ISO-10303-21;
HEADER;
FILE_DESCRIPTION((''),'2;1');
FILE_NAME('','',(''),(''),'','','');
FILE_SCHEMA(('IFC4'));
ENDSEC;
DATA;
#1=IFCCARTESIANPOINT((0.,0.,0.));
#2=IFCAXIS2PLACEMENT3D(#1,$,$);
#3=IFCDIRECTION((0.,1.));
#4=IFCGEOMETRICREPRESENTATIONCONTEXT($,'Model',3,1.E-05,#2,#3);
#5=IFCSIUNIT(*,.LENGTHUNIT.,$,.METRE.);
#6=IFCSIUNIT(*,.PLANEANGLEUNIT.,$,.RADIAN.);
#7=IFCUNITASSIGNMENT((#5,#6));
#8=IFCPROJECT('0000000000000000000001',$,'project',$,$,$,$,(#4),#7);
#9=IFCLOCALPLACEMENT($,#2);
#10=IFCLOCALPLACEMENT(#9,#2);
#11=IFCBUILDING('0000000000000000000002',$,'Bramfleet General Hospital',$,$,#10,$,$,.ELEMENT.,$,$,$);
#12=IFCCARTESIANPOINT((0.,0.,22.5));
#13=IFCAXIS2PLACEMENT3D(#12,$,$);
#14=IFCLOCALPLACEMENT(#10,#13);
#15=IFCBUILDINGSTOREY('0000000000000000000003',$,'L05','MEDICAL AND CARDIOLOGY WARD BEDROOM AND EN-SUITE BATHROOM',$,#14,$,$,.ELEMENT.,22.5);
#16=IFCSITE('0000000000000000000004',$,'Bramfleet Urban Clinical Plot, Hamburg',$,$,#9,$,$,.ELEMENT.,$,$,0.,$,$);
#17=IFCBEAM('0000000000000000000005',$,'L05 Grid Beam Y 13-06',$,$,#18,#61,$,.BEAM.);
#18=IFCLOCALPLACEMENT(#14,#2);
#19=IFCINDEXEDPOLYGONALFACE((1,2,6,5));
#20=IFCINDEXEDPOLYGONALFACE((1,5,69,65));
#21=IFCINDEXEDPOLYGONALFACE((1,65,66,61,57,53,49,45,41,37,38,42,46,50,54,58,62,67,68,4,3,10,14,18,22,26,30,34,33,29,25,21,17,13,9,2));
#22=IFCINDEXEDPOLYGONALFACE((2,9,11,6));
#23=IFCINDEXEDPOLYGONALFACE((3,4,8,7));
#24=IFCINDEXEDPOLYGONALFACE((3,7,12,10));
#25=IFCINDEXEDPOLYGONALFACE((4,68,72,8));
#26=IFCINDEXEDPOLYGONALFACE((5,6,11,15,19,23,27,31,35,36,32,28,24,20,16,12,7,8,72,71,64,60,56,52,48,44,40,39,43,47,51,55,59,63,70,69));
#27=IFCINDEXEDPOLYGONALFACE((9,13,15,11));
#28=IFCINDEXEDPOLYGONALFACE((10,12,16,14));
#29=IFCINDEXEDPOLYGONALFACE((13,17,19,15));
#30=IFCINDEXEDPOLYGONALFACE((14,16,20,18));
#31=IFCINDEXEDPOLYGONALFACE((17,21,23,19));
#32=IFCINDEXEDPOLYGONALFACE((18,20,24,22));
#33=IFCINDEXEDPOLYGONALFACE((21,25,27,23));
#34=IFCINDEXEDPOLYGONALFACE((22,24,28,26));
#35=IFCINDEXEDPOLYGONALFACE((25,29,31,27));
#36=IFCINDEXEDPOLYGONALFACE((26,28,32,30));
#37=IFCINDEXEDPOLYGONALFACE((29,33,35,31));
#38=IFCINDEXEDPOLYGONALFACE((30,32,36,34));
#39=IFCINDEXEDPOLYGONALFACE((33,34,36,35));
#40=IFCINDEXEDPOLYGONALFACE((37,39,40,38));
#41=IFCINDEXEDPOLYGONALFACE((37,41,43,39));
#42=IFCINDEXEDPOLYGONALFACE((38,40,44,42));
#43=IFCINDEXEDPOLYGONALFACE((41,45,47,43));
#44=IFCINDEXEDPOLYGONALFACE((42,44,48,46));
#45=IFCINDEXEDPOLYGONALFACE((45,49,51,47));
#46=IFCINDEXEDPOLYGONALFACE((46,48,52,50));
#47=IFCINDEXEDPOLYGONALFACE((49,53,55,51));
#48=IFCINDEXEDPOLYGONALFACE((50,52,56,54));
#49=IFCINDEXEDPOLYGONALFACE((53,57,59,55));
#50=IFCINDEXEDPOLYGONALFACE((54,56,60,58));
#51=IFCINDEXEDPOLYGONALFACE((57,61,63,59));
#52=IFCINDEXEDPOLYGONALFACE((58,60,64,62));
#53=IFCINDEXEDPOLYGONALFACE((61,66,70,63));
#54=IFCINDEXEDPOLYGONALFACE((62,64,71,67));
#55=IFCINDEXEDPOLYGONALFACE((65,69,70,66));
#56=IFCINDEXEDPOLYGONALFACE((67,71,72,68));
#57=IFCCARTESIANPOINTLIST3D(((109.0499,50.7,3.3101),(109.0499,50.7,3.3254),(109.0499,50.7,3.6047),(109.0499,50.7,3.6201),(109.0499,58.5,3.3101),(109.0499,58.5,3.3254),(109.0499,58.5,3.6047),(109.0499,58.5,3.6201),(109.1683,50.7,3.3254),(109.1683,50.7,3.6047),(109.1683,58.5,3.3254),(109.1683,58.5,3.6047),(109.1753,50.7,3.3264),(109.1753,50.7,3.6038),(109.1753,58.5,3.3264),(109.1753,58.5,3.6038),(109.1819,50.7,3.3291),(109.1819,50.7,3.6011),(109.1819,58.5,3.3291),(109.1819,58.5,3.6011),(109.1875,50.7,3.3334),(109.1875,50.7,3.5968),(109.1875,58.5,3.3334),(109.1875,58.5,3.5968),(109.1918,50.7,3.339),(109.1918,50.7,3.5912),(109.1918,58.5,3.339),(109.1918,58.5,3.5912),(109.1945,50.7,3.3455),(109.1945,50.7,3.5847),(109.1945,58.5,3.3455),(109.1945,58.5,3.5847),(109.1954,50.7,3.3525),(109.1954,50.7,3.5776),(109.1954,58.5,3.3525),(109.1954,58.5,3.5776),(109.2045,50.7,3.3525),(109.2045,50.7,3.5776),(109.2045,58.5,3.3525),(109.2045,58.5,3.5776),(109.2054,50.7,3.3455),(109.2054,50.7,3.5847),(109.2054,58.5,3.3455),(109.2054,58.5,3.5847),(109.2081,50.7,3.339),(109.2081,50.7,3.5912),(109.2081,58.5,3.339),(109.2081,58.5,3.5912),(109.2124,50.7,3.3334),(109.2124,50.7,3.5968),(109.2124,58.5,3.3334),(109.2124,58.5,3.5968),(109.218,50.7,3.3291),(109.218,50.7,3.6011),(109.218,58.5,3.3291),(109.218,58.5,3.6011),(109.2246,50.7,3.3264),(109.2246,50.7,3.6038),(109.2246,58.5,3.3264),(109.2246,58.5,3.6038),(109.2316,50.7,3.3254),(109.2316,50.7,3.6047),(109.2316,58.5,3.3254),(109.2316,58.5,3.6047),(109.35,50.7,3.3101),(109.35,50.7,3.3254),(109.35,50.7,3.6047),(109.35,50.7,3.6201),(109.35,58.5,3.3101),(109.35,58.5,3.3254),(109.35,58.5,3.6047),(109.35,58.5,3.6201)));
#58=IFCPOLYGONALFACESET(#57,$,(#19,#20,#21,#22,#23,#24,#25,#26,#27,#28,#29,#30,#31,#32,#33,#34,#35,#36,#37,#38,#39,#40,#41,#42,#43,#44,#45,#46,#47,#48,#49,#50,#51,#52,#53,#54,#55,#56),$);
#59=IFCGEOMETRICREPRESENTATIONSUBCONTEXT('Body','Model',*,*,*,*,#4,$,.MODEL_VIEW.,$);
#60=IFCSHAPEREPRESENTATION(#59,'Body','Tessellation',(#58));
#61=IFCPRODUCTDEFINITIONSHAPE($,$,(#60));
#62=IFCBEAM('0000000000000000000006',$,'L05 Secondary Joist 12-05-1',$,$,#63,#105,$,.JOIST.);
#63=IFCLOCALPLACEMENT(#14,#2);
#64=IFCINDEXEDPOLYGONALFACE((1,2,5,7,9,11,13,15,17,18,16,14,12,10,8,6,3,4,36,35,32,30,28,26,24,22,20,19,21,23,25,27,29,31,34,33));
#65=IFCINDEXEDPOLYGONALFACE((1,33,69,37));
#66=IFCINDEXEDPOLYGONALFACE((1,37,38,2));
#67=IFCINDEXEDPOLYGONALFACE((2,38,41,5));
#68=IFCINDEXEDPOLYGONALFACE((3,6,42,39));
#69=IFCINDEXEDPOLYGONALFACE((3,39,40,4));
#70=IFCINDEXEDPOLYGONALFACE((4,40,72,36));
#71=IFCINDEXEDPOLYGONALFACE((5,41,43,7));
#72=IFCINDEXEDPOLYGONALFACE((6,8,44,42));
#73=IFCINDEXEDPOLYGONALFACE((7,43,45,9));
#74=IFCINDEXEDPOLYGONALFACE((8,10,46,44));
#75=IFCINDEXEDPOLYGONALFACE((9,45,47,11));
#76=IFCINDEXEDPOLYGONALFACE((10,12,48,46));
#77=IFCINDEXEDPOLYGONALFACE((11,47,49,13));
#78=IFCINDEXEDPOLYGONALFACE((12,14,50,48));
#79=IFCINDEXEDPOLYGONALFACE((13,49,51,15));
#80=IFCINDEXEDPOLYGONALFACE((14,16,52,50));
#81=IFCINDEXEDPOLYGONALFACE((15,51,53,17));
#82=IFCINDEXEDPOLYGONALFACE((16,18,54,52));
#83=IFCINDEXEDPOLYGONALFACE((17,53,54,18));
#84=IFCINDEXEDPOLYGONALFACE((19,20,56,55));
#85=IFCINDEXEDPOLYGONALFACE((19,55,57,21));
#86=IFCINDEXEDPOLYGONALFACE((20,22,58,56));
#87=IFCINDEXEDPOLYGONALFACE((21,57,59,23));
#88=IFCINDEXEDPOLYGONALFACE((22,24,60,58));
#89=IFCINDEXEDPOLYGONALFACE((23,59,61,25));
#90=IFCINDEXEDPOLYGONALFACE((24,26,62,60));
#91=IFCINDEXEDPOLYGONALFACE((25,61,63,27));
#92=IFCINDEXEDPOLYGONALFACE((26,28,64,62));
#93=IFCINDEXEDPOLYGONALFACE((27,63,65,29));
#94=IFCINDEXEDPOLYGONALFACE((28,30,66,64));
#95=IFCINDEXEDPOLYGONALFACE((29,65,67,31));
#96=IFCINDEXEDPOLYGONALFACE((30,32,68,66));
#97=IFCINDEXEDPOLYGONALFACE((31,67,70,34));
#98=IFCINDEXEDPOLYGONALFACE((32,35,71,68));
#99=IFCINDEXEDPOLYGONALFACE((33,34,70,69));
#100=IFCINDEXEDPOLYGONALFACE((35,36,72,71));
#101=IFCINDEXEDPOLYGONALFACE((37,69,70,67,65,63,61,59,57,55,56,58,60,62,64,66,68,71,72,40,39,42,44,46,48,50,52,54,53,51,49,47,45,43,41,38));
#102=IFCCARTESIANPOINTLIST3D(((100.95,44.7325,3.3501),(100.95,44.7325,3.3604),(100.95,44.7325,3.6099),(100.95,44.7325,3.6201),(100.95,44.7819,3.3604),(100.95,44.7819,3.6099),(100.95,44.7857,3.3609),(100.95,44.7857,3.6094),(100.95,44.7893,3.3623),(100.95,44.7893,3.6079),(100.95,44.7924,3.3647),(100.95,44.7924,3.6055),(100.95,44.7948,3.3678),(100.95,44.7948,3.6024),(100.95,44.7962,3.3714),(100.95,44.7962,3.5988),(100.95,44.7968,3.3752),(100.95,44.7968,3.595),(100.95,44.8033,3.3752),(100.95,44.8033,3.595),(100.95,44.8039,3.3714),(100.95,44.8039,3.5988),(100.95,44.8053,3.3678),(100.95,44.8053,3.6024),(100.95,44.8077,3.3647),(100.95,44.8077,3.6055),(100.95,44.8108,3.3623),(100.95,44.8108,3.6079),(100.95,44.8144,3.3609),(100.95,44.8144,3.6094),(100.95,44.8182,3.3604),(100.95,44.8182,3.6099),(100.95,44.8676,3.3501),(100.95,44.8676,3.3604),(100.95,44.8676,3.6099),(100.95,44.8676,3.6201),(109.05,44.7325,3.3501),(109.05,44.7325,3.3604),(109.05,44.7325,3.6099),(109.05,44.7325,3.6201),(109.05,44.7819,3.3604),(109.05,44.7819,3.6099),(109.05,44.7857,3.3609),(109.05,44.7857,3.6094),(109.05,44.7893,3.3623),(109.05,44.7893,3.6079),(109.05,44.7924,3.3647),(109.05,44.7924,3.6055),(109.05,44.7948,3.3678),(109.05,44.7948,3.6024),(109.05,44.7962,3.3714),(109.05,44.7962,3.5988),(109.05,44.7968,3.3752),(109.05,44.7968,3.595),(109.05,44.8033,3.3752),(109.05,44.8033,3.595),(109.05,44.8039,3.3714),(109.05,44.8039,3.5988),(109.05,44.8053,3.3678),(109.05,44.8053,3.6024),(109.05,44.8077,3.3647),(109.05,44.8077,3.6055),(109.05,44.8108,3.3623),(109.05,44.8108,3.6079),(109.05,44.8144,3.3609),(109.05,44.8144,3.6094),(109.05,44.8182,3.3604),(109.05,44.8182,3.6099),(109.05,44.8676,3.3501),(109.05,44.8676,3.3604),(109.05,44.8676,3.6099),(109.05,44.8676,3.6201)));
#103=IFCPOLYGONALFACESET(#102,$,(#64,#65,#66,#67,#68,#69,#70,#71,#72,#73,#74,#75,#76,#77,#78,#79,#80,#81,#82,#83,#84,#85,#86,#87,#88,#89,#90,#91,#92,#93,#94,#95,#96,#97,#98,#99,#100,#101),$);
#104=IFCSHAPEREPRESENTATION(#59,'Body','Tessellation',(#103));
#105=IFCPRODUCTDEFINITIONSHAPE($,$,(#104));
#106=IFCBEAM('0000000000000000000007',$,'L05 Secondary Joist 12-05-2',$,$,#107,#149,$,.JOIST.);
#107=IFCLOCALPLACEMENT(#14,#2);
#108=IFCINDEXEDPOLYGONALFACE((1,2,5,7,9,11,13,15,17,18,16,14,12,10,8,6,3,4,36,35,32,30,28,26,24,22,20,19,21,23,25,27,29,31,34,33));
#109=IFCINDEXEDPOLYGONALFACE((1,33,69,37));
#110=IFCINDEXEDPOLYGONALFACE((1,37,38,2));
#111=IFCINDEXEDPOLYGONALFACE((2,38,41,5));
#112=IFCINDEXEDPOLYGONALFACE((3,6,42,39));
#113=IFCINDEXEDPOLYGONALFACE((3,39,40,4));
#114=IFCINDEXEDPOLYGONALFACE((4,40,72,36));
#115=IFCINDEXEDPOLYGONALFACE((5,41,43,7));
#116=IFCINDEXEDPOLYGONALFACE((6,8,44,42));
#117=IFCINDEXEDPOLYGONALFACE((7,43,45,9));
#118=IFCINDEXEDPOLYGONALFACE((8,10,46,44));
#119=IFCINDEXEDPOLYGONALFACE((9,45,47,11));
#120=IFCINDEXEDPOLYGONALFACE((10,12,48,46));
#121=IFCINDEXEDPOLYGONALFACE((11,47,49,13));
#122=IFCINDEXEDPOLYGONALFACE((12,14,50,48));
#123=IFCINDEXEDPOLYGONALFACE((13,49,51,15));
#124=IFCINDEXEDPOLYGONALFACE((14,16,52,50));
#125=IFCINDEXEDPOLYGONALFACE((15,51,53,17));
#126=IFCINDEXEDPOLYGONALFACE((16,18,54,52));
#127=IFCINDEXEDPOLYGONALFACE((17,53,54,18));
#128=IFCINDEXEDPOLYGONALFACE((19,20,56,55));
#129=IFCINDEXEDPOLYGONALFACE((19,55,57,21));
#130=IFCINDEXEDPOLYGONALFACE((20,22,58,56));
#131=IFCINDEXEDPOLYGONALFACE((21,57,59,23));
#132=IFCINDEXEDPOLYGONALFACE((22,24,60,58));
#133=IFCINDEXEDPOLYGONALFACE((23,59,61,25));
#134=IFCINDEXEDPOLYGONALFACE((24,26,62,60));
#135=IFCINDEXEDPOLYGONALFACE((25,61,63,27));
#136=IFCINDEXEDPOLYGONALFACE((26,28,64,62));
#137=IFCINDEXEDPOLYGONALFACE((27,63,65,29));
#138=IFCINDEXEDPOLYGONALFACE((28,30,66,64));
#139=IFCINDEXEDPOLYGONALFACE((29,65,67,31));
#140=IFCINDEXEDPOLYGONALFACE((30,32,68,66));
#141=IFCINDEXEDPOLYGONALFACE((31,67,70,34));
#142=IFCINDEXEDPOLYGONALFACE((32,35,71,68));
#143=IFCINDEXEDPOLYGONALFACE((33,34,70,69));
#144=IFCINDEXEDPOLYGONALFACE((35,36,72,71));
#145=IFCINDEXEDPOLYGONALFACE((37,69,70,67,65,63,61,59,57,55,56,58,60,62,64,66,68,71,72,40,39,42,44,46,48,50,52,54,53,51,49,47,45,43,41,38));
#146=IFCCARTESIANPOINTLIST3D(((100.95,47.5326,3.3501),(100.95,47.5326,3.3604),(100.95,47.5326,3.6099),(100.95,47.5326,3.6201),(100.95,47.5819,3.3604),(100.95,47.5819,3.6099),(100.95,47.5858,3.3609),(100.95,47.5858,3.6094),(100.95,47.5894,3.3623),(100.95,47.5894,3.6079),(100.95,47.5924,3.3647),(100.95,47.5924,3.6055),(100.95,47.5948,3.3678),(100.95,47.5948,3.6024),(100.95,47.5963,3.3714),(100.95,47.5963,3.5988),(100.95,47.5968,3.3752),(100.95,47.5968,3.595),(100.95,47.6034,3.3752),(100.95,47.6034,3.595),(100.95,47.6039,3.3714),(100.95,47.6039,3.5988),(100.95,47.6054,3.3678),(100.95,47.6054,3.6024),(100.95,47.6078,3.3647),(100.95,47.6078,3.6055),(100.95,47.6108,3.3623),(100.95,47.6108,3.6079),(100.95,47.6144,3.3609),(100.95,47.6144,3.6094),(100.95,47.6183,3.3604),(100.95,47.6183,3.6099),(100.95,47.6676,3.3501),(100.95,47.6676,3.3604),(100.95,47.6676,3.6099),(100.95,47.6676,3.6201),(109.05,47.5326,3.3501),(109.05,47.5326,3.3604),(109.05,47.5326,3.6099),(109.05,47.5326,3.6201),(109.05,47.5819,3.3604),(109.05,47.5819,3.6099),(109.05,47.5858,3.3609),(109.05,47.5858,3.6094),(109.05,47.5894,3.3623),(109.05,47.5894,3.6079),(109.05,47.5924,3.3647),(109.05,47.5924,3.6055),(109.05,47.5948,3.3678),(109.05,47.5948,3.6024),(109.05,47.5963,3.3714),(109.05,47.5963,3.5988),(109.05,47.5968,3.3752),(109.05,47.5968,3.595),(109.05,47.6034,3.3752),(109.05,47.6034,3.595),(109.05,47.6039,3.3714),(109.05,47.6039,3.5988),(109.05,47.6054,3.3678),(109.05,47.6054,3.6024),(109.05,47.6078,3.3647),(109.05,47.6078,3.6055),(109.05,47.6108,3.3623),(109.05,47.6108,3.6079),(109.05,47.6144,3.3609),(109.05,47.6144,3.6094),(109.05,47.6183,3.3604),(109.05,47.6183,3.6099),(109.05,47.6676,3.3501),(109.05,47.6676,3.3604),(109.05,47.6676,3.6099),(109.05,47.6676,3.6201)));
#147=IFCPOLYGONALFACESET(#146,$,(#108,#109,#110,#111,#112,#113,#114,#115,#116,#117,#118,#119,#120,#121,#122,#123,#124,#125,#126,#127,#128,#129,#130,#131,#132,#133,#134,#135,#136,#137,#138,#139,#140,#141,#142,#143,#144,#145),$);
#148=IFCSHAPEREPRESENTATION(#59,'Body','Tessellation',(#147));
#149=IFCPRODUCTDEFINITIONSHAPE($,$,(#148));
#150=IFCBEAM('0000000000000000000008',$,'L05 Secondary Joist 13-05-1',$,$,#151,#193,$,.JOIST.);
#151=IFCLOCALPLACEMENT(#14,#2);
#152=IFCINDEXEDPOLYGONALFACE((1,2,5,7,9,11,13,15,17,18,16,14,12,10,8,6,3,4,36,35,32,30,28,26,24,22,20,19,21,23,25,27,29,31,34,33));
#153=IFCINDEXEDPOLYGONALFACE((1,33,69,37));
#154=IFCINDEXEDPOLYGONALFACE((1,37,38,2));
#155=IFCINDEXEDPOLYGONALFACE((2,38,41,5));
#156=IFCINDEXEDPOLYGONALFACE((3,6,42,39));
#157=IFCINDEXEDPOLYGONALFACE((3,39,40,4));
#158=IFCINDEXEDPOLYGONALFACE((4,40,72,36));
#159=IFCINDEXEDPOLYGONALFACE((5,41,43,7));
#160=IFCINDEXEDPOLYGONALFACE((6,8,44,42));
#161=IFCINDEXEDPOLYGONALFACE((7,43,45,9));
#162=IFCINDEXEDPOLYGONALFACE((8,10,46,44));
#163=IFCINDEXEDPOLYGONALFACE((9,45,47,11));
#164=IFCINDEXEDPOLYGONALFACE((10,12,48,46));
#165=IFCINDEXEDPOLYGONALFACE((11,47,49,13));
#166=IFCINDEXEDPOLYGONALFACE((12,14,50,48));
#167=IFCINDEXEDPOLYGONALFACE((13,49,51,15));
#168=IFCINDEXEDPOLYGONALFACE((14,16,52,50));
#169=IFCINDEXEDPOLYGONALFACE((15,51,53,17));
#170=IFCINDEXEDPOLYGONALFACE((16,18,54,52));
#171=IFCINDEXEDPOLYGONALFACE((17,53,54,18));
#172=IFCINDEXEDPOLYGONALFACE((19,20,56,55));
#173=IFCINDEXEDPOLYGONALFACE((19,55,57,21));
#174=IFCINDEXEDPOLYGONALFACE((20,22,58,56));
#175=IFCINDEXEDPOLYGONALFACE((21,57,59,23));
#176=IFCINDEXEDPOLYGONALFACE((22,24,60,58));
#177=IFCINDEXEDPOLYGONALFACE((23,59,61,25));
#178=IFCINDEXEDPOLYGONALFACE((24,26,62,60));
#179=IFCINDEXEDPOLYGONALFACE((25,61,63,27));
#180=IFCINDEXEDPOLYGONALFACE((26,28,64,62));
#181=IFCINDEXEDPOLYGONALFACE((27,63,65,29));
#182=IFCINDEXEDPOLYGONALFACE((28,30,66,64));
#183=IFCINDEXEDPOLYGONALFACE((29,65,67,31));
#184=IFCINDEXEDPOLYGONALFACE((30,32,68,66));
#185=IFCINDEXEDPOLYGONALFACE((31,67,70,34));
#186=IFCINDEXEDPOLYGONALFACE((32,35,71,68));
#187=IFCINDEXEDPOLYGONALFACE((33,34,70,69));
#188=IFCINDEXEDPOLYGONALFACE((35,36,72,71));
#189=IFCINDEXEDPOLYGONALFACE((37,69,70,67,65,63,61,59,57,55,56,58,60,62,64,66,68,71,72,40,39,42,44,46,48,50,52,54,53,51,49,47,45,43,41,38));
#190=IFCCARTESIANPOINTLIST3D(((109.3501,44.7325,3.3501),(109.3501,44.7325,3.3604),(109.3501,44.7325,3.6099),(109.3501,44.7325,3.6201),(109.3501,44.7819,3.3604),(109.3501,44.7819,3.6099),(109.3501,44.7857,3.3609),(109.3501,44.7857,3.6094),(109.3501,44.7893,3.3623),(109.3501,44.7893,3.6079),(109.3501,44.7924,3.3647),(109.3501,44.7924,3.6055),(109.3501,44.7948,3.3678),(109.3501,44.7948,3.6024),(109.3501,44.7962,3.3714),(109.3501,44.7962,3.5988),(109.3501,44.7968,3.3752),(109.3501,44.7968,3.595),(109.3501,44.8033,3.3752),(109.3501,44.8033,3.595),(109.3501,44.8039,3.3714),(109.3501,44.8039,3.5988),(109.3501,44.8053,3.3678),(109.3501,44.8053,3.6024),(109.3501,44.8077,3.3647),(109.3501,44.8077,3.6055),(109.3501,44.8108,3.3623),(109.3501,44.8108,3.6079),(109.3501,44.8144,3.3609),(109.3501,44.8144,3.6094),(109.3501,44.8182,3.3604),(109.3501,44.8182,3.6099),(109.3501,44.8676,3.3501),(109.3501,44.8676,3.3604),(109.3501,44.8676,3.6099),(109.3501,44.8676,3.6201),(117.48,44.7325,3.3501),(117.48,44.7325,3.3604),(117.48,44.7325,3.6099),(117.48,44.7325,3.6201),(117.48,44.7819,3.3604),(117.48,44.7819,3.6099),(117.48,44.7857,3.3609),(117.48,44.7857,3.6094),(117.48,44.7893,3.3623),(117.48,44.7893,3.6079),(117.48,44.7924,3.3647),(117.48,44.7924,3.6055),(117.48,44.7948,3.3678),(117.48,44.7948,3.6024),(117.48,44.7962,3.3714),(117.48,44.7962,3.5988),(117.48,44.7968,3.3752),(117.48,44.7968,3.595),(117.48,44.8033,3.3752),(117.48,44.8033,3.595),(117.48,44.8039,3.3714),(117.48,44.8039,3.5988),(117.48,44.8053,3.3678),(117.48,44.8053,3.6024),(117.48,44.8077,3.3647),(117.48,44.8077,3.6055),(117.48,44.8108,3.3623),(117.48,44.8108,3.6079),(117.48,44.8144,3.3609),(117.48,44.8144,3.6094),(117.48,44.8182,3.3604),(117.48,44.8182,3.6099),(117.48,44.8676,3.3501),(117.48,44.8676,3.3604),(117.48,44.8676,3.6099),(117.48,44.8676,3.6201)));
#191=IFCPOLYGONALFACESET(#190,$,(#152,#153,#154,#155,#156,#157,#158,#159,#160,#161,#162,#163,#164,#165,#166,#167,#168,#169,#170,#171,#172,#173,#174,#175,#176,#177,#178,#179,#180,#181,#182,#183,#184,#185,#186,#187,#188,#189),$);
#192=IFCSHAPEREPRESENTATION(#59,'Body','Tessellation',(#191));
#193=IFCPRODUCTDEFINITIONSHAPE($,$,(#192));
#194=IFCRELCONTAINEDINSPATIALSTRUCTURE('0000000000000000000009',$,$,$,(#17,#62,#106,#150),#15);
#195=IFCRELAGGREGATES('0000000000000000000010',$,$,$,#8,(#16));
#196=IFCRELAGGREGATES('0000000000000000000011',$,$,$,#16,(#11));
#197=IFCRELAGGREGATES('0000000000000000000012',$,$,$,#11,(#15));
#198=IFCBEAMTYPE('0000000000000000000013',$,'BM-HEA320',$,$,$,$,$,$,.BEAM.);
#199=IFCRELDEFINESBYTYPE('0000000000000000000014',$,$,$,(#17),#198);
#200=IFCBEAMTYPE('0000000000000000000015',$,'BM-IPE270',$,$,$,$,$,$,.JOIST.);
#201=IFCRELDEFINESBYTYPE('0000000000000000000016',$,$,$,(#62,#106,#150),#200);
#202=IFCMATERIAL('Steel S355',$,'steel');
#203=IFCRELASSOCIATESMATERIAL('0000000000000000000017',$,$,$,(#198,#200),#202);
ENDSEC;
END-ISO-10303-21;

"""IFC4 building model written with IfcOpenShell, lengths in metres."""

from ifc_helpers import new_model, si_unit, direction, frame, origin, origin_2d, place, context, subcontext, project, spatial, i_section, extrude, material, material_profile, profile_set, type_object, element, save


model = new_model("IFC4")

# Units and contexts
model_context = context("Model", 3, precision=1e-05, world=origin(), true_north=direction((0.0, 1.0)))
body_context = subcontext(model_context, "Body", "Model", "MODEL_VIEW")
ifc_project = project(units=[si_unit("LENGTHUNIT", "METRE"), si_unit("PLANEANGLEUNIT", "RADIAN")], contexts=[model_context])

# Site, building, storey
site_placement = place(None, origin())
site = spatial("IfcSite", under=ifc_project, at=site_placement, Name="Bramfleet Urban Clinical Plot, Hamburg", CompositionType="ELEMENT", RefElevation=0.0)
building_placement = place(site_placement, origin())
building = spatial("IfcBuilding", under=site, at=building_placement, Name="Bramfleet General Hospital", CompositionType="ELEMENT")
storey_placement = place(building_placement, frame((0.0, 0.0, 22.5)))
storey = spatial("IfcBuildingStorey", under=building, at=storey_placement, Name="L05", Description="MEDICAL AND CARDIOLOGY WARD BEDROOM AND EN-SUITE BATHROOM", CompositionType="ELEMENT", Elevation=22.5)

# Beams
ifc_material_1 = material(Name="Steel S355", Category="steel")
ifc_material_profile_1 = material_profile(ifc_material_1, i_section(OverallWidth=0.3, OverallDepth=0.3101, WebThickness=0.009, FlangeThickness=0.0154, FilletRadius=0.0271, at=origin_2d()), Name="HEA 320")
ifc_profile_set_1 = profile_set([ifc_material_profile_1], Name="Steel S355")
beam_type_1 = type_object("IfcBeamType", Name="BM-HEA320", PredefinedType="BEAM", material=ifc_profile_set_1)
for number, where, z_axis, x_axis, name in (
    (1, (109.2, 50.7, 3.4651), (0.0, 1.0, 0.0), (-1.0, 0.0, 0.0), "L05 Grid Beam Y 13-06"),
):
    element("IfcBeam", number, at=place(storey_placement, frame(where, z_axis=z_axis, x_axis=x_axis)), inside=storey, type_object=beam_type_1, Name=name, PredefinedType="BEAM", context=body_context, shape_type="SweptSolid", body=[
        extrude(i_section(OverallWidth=0.3, OverallDepth=0.3101, WebThickness=0.009, FlangeThickness=0.0154, FilletRadius=0.0271, at=origin_2d()), origin(), (0.0, 0.0, 1.0), 7.8),
    ])
ifc_material_profile_2 = material_profile(ifc_material_1, i_section(OverallWidth=0.135, OverallDepth=0.27, WebThickness=0.0066, FlangeThickness=0.0103, FilletRadius=0.0149, at=origin_2d()), Name="IPE 270")
ifc_profile_set_2 = profile_set([ifc_material_profile_2], Name="Steel S355")
beam_type_2 = type_object("IfcBeamType", Name="BM-IPE270", PredefinedType="JOIST", material=ifc_profile_set_2)
for number, where, z_axis, x_axis, name in (
    (2, (100.95, 44.8, 3.4851), (1.0, 0.0, 0.0), (0.0, 1.0, 0.0), "L05 Secondary Joist 12-05-1"),
    (3, (100.95, 47.6001, 3.4851), (1.0, 0.0, 0.0), (0.0, 1.0, 0.0), "L05 Secondary Joist 12-05-2"),
):
    element("IfcBeam", number, at=place(storey_placement, frame(where, z_axis=z_axis, x_axis=x_axis)), inside=storey, type_object=beam_type_2, Name=name, PredefinedType="JOIST", context=body_context, shape_type="SweptSolid", body=[
        extrude(i_section(OverallWidth=0.135, OverallDepth=0.27, WebThickness=0.0066, FlangeThickness=0.0103, FilletRadius=0.0149, at=origin_2d()), origin(), (0.0, 0.0, 1.0), 8.1001),
    ])
for number, where, z_axis, x_axis, name in (
    (4, (109.3501, 44.8, 3.4851), (1.0, 0.0, 0.0), (0.0, 1.0, 0.0), "L05 Secondary Joist 13-05-1"),
):
    element("IfcBeam", number, at=place(storey_placement, frame(where, z_axis=z_axis, x_axis=x_axis)), inside=storey, type_object=beam_type_2, Name=name, PredefinedType="JOIST", context=body_context, shape_type="SweptSolid", body=[
        extrude(i_section(OverallWidth=0.135, OverallDepth=0.27, WebThickness=0.0066, FlangeThickness=0.0103, FilletRadius=0.0149, at=origin_2d()), origin(), (0.0, 0.0, 1.0), 8.1299),
    ])

save(model, "model.ifc")
